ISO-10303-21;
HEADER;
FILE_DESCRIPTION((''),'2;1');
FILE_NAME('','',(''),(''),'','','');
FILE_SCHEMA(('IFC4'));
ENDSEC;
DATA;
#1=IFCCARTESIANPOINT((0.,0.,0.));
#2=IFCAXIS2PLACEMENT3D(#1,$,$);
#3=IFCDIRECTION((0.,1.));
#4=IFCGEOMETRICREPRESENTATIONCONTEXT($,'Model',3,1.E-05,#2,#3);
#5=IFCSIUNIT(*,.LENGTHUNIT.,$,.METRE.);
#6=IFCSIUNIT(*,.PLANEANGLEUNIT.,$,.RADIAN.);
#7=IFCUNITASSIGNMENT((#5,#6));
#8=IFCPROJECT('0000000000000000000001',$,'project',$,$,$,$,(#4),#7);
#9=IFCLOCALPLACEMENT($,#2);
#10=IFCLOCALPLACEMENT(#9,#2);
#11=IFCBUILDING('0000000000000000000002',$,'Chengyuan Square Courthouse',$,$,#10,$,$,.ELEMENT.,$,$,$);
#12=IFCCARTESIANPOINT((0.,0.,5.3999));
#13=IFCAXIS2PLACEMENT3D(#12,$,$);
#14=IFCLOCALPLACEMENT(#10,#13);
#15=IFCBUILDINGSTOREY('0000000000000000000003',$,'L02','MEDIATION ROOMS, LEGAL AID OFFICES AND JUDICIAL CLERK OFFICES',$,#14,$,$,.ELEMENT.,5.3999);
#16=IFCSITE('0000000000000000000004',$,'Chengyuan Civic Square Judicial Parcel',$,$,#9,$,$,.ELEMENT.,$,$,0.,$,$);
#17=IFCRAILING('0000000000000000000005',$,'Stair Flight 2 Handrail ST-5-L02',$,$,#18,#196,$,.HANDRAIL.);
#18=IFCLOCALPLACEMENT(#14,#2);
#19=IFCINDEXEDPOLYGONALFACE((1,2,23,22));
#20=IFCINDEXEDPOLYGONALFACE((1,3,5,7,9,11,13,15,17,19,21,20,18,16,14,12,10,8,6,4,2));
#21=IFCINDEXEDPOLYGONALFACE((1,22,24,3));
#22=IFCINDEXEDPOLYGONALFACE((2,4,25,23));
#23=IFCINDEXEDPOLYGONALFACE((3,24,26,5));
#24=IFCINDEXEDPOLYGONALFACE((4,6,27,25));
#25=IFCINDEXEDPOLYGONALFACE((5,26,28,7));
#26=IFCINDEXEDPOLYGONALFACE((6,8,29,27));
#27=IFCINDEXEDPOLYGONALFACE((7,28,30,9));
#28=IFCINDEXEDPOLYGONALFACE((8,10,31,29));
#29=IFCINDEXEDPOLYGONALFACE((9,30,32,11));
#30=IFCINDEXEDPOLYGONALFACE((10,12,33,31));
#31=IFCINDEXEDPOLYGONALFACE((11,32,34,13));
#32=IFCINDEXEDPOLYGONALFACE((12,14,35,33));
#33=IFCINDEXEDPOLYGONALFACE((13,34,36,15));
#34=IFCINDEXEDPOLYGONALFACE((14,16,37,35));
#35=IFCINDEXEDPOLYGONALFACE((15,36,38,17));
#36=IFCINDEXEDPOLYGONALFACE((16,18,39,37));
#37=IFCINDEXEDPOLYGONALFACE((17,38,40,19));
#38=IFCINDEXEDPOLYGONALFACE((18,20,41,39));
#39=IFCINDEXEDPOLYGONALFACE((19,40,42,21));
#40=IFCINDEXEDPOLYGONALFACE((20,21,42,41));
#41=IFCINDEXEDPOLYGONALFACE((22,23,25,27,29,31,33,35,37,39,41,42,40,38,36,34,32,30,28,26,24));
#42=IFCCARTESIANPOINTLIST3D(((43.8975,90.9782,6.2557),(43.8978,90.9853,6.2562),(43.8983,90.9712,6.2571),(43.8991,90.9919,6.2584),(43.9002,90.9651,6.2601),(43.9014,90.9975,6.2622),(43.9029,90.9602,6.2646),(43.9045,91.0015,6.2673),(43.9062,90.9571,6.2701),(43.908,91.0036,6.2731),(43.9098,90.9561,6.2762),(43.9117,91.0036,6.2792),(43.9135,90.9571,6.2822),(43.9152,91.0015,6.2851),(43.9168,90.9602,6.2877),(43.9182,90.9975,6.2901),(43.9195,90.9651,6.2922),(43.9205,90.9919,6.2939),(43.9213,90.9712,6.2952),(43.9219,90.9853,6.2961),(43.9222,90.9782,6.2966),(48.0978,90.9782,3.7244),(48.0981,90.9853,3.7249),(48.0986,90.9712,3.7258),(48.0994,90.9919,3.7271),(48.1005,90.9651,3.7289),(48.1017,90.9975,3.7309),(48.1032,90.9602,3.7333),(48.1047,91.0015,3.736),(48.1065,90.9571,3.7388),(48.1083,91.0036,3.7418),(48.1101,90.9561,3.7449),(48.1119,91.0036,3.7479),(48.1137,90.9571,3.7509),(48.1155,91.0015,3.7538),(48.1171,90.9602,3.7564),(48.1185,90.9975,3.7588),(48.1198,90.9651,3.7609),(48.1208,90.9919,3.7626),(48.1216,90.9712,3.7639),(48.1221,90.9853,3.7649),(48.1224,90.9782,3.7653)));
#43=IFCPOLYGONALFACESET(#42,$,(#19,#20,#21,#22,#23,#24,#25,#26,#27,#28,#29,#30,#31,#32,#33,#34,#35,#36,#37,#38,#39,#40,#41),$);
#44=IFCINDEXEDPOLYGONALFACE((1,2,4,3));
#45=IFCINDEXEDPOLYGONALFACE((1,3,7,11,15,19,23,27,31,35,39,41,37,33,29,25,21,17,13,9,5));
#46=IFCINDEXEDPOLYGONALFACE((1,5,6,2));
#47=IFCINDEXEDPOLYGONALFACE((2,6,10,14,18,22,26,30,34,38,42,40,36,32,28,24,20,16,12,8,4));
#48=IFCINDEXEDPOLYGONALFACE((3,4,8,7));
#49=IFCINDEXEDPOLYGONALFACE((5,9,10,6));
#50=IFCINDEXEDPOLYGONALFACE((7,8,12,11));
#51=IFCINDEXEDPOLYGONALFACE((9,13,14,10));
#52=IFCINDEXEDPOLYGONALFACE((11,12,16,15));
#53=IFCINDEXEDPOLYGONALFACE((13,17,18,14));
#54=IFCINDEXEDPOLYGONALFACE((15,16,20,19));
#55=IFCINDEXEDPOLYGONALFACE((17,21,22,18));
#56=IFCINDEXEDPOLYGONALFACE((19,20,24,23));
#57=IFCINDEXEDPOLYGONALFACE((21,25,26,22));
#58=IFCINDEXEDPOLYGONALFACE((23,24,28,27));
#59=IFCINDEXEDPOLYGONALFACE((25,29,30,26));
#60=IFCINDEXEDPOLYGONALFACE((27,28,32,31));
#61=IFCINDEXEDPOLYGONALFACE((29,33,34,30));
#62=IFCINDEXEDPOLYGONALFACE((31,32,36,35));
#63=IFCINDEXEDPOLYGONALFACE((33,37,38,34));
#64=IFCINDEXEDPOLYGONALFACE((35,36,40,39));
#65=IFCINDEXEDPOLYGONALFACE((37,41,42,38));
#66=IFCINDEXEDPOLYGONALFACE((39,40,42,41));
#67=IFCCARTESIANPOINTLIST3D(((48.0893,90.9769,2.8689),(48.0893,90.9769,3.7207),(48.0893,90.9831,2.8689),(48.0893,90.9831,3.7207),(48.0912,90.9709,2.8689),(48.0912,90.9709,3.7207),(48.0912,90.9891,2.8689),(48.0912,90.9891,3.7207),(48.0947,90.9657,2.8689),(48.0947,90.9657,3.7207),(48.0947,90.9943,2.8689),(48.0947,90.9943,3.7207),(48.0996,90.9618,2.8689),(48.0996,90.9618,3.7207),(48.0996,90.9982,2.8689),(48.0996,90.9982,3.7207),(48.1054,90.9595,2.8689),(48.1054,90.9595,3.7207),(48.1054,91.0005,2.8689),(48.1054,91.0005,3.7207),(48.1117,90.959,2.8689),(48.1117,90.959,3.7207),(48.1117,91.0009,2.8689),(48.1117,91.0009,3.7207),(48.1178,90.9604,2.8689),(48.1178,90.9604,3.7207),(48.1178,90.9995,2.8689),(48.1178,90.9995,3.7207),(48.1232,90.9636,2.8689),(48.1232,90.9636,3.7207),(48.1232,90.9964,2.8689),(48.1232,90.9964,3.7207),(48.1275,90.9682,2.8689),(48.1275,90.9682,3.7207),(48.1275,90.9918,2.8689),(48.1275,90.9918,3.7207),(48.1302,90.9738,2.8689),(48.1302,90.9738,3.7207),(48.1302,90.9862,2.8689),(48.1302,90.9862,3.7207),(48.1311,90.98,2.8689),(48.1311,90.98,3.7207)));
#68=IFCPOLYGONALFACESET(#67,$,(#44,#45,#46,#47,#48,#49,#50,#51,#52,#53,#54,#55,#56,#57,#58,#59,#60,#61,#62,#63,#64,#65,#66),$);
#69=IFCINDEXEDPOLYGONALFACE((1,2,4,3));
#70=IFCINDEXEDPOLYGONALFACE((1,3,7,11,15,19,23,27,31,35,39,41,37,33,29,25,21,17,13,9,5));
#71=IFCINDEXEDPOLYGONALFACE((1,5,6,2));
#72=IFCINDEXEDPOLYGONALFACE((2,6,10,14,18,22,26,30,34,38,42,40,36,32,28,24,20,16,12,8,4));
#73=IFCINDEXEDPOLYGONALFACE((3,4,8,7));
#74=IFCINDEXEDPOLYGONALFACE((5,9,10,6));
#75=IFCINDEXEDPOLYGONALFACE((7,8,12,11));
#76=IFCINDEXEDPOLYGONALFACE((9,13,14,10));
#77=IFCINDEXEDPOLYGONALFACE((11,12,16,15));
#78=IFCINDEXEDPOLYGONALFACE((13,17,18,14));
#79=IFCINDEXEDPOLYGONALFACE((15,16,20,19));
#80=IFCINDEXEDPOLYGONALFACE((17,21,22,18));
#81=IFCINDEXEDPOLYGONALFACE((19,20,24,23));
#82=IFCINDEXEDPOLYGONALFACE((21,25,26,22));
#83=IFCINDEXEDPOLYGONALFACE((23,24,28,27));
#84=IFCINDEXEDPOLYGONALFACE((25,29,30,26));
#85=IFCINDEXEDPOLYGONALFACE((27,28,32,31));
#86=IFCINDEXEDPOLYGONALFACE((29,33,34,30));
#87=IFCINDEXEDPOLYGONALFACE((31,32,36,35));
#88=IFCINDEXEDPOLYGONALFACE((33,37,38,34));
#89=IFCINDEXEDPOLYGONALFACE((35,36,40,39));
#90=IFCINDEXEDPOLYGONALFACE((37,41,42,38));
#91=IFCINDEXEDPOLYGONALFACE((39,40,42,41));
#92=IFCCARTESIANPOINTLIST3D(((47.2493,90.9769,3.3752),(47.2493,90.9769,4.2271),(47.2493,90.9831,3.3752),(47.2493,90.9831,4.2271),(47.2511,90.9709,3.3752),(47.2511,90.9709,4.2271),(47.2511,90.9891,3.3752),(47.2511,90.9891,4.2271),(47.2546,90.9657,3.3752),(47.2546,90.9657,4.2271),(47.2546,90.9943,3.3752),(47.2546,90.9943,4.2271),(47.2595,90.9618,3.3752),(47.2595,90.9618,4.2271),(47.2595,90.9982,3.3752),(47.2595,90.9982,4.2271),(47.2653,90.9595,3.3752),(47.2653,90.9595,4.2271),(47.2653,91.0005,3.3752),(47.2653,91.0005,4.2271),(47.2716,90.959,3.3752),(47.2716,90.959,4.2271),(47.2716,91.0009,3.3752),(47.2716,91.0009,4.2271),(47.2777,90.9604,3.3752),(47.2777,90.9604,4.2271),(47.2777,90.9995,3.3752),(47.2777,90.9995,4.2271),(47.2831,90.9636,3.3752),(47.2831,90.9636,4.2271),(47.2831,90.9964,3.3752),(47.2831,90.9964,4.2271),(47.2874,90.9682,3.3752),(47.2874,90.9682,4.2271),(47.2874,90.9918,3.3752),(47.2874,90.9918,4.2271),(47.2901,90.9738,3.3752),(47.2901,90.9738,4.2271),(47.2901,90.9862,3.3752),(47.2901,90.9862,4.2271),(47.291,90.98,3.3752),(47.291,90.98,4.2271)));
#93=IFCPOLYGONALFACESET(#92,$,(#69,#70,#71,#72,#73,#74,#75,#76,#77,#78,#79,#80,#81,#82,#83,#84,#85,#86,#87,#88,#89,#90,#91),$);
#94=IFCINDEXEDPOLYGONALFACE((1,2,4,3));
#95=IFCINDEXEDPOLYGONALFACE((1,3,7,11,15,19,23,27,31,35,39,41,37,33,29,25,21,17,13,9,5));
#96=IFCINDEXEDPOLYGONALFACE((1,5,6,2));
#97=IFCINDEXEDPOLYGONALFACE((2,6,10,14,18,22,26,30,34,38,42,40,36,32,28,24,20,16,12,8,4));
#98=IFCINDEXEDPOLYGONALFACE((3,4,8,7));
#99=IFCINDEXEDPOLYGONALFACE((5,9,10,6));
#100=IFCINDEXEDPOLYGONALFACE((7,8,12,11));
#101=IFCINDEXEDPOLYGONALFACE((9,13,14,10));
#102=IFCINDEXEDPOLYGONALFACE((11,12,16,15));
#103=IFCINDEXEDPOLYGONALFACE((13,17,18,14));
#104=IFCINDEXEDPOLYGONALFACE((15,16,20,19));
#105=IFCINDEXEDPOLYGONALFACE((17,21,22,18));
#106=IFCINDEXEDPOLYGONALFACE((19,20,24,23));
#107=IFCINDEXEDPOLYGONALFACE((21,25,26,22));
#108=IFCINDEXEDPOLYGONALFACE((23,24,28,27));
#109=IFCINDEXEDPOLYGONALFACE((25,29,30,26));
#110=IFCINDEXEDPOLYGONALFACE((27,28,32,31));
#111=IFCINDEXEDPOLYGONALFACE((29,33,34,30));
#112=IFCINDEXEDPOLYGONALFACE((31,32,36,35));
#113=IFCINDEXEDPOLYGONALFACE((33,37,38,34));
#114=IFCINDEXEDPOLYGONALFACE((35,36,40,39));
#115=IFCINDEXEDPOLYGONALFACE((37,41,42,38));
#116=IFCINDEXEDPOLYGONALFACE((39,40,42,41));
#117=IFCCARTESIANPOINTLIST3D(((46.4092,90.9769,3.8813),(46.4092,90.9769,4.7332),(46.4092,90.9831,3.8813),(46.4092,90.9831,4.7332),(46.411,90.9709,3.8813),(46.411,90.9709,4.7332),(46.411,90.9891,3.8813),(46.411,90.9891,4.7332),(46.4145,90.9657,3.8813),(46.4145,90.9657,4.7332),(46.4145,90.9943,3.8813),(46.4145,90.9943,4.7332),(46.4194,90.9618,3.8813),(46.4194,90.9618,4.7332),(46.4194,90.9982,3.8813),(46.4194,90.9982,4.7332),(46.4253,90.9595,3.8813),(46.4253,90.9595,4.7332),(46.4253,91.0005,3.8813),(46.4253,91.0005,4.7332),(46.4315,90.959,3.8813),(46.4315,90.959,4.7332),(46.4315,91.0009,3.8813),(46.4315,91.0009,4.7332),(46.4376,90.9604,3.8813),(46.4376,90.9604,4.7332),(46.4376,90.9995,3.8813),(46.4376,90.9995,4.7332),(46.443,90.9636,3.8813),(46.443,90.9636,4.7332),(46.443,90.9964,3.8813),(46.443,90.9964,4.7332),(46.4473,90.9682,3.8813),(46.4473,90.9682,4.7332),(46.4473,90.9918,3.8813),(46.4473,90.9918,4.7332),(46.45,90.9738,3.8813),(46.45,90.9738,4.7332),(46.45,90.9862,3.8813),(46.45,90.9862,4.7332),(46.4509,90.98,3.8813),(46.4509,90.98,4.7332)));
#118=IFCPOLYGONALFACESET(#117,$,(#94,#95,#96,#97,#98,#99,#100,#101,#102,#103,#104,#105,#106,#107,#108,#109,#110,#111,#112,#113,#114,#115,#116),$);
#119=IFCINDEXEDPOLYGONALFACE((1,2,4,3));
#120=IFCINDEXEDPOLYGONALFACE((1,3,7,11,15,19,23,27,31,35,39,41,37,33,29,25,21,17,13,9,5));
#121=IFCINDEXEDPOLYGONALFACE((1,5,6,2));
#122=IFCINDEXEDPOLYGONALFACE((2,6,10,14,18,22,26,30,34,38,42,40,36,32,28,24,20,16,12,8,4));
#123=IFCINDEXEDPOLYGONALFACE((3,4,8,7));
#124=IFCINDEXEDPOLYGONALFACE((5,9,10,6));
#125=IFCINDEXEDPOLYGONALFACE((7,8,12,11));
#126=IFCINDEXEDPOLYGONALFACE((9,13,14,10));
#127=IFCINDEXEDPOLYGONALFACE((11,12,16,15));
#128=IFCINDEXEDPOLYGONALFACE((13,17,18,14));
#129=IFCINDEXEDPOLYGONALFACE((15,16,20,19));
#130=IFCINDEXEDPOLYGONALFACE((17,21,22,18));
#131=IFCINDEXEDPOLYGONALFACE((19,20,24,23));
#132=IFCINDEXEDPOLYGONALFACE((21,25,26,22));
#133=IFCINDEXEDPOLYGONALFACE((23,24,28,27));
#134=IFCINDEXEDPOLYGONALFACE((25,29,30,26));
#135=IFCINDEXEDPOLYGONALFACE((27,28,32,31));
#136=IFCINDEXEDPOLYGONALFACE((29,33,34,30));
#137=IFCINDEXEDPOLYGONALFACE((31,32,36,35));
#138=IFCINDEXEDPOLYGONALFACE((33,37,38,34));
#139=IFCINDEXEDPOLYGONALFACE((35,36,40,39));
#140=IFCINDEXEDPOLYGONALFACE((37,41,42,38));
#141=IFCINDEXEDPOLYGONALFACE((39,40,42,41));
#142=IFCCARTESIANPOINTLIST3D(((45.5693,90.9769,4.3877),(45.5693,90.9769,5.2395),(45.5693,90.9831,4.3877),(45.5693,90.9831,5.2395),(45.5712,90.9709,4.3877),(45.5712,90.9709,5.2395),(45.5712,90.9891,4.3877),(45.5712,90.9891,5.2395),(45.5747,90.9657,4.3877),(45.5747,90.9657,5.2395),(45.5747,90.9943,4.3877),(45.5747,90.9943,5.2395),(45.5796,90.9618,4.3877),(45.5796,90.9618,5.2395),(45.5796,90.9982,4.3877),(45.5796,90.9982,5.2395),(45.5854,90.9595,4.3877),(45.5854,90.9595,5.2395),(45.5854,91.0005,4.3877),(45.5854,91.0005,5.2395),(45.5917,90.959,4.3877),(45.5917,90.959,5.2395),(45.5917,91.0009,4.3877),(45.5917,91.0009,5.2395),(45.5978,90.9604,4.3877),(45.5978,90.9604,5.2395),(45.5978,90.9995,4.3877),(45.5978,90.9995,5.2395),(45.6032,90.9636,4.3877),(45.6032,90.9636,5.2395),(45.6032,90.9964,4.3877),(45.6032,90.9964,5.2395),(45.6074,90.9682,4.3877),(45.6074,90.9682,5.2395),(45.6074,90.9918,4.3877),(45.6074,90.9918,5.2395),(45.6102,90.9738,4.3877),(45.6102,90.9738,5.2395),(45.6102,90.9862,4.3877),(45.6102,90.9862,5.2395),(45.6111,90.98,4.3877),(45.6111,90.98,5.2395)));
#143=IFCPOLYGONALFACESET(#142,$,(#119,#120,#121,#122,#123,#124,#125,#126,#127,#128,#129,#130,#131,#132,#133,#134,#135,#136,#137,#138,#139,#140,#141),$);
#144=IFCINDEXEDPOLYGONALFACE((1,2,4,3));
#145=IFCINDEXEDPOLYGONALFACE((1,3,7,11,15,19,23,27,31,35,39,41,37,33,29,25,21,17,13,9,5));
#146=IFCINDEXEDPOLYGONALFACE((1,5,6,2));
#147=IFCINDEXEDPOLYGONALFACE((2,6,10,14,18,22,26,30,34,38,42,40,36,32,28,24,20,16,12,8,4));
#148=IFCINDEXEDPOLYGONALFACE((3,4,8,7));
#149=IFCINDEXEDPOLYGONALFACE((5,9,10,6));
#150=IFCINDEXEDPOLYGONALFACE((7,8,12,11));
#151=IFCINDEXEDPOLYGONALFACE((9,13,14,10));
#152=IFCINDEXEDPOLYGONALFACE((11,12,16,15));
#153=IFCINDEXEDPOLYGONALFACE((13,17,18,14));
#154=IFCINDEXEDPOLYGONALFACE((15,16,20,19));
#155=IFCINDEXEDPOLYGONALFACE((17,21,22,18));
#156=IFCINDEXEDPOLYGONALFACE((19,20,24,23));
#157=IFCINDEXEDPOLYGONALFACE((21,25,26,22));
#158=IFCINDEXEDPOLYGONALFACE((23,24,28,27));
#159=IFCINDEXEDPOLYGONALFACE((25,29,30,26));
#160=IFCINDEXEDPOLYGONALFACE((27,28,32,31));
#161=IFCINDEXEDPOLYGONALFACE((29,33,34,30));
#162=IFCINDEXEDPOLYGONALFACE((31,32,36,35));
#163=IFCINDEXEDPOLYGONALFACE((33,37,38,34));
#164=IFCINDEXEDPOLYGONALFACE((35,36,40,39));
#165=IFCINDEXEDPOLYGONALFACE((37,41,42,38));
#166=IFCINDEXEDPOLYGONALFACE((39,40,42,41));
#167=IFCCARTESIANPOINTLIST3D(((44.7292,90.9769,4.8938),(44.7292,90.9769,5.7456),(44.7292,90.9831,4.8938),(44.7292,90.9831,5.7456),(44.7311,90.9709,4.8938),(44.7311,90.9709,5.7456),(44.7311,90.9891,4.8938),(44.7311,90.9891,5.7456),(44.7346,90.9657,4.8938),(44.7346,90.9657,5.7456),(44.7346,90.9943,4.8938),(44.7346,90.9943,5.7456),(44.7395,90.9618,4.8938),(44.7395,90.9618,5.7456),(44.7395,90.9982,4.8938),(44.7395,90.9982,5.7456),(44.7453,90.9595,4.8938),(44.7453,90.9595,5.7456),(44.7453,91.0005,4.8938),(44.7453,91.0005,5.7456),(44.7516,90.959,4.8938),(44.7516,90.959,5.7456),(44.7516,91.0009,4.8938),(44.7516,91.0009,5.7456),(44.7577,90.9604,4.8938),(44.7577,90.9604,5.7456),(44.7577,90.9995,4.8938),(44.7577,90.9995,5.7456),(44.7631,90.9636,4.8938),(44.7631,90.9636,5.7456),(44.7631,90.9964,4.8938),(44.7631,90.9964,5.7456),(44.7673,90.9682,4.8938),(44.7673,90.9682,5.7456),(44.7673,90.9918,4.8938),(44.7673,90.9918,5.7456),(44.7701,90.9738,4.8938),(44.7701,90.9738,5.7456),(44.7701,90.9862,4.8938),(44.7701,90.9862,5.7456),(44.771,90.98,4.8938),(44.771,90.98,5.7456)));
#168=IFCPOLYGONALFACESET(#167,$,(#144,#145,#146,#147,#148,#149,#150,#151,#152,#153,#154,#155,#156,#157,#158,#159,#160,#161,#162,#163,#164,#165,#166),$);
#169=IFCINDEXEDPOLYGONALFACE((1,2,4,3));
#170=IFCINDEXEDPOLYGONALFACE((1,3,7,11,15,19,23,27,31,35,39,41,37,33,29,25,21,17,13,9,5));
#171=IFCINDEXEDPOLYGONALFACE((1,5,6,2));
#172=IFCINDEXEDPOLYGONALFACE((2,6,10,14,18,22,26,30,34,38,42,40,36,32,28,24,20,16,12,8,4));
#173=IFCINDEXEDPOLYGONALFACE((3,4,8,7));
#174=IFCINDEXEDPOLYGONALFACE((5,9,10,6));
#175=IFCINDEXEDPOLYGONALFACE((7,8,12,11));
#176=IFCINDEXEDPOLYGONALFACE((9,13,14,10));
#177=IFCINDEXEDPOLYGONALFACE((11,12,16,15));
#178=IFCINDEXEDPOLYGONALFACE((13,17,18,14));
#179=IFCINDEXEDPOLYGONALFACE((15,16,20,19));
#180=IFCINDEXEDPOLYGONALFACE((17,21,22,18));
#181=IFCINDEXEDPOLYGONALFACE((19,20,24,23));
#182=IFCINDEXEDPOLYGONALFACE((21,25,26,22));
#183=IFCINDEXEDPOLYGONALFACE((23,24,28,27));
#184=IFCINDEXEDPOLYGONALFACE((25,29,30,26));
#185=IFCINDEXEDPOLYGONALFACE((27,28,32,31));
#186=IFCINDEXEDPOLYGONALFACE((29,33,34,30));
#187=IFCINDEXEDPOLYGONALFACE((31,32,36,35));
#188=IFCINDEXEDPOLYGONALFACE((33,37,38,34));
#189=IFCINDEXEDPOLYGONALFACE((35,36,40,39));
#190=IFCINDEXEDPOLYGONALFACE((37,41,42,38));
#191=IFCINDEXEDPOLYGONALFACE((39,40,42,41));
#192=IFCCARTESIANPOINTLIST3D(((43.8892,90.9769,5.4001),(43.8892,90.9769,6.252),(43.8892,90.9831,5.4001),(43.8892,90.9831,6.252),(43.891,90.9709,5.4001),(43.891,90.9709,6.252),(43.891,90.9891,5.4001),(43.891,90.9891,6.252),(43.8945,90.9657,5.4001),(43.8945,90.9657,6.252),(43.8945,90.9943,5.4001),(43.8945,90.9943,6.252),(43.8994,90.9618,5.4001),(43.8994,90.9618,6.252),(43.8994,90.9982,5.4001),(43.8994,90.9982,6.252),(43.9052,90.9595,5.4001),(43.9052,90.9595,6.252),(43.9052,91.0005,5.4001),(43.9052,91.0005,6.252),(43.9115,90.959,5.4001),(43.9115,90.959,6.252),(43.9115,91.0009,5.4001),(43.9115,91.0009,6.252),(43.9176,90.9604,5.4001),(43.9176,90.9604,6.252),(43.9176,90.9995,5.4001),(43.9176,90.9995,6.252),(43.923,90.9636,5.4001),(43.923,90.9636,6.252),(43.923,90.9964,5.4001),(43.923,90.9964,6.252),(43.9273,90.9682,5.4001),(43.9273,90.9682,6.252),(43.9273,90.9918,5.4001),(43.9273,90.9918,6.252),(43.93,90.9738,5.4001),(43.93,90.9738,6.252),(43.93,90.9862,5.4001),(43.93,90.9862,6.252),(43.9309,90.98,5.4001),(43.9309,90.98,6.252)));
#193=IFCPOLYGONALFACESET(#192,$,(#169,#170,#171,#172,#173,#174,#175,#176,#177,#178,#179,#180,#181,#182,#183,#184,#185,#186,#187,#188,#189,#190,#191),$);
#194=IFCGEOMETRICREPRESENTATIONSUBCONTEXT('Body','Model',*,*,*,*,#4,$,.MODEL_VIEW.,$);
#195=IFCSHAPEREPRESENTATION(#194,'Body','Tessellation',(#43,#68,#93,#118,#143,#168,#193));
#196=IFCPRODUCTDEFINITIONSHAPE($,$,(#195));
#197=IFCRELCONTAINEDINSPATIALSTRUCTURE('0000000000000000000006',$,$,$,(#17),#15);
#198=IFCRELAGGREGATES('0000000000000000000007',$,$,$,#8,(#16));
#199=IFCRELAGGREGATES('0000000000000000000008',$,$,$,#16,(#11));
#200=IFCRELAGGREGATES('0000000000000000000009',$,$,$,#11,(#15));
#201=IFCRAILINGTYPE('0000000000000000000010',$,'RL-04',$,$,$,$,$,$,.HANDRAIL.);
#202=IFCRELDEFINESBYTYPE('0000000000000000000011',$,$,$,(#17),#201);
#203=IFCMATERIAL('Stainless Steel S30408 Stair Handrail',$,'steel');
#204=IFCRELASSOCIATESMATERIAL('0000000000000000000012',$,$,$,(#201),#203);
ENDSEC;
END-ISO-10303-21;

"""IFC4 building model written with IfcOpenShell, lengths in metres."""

from ifc_helpers import new_model, si_unit, direction, frame, origin, origin_2d, place, context, subcontext, project, spatial, circle, extrude, material, type_object, element, save


model = new_model("IFC4")

# Units and contexts
model_context = context("Model", 3, precision=1e-05, world=origin(), true_north=direction((0.0, 1.0)))
body_context = subcontext(model_context, "Body", "Model", "MODEL_VIEW")
ifc_project = project(units=[si_unit("LENGTHUNIT", "METRE"), si_unit("PLANEANGLEUNIT", "RADIAN")], contexts=[model_context])

# Site, building, storey
site_placement = place(None, origin())
site = spatial("IfcSite", under=ifc_project, at=site_placement, Name="Chengyuan Civic Square Judicial Parcel", CompositionType="ELEMENT", RefElevation=0.0)
building_placement = place(site_placement, origin())
building = spatial("IfcBuilding", under=site, at=building_placement, Name="Chengyuan Square Courthouse", CompositionType="ELEMENT")
storey_placement = place(building_placement, frame((0.0, 0.0, 5.3999)))
storey = spatial("IfcBuildingStorey", under=building, at=storey_placement, Name="L02", Description="MEDIATION ROOMS, LEGAL AID OFFICES AND JUDICIAL CLERK OFFICES", CompositionType="ELEMENT", Elevation=5.3999)

# Railing
ifc_material_1 = material(Name="Stainless Steel S30408 Stair Handrail", Category="steel")
railing_type_1 = type_object("IfcRailingType", Name="RL-04", PredefinedType="HANDRAIL", material=ifc_material_1)
railing_1_placement = place(storey_placement, frame((48.1101, 90.98, 2.8689)))
element("IfcRailing", 1, at=railing_1_placement, inside=storey, type_object=railing_type_1, Name="Stair Flight 2 Handrail ST-5-L02", PredefinedType="HANDRAIL", context=body_context, shape_type="SweptSolid", body=[
    extrude(circle(Radius=0.0239, at=origin_2d()), frame((0.0, 0.0, 0.876), z_axis=(-0.85649, 0.0, 0.516164), x_axis=(0.0, -1.0, 0.0)), (0.0, 0.0, 1.0), 4.9041),
    extrude(circle(Radius=0.021, at=origin_2d()), origin(), (0.0, 0.0, 1.0), 0.8518),
    extrude(circle(Radius=0.021, at=origin_2d()), frame((-0.8401, 0.0, 0.5063)), (0.0, 0.0, 1.0), 0.8518),
    extrude(circle(Radius=0.021, at=origin_2d()), frame((-1.6802, 0.0, 1.0125)), (0.0, 0.0, 1.0), 0.8518),
    extrude(circle(Radius=0.021, at=origin_2d()), frame((-2.52, 0.0, 1.5188)), (0.0, 0.0, 1.0), 0.8518),
    extrude(circle(Radius=0.021, at=origin_2d()), frame((-3.3601, 0.0, 2.0249)), (0.0, 0.0, 1.0), 0.8518),
    extrude(circle(Radius=0.021, at=origin_2d()), frame((-4.2002, 0.0, 2.5312)), (0.0, 0.0, 1.0), 0.8518),
])

save(model, "model.ifc")
